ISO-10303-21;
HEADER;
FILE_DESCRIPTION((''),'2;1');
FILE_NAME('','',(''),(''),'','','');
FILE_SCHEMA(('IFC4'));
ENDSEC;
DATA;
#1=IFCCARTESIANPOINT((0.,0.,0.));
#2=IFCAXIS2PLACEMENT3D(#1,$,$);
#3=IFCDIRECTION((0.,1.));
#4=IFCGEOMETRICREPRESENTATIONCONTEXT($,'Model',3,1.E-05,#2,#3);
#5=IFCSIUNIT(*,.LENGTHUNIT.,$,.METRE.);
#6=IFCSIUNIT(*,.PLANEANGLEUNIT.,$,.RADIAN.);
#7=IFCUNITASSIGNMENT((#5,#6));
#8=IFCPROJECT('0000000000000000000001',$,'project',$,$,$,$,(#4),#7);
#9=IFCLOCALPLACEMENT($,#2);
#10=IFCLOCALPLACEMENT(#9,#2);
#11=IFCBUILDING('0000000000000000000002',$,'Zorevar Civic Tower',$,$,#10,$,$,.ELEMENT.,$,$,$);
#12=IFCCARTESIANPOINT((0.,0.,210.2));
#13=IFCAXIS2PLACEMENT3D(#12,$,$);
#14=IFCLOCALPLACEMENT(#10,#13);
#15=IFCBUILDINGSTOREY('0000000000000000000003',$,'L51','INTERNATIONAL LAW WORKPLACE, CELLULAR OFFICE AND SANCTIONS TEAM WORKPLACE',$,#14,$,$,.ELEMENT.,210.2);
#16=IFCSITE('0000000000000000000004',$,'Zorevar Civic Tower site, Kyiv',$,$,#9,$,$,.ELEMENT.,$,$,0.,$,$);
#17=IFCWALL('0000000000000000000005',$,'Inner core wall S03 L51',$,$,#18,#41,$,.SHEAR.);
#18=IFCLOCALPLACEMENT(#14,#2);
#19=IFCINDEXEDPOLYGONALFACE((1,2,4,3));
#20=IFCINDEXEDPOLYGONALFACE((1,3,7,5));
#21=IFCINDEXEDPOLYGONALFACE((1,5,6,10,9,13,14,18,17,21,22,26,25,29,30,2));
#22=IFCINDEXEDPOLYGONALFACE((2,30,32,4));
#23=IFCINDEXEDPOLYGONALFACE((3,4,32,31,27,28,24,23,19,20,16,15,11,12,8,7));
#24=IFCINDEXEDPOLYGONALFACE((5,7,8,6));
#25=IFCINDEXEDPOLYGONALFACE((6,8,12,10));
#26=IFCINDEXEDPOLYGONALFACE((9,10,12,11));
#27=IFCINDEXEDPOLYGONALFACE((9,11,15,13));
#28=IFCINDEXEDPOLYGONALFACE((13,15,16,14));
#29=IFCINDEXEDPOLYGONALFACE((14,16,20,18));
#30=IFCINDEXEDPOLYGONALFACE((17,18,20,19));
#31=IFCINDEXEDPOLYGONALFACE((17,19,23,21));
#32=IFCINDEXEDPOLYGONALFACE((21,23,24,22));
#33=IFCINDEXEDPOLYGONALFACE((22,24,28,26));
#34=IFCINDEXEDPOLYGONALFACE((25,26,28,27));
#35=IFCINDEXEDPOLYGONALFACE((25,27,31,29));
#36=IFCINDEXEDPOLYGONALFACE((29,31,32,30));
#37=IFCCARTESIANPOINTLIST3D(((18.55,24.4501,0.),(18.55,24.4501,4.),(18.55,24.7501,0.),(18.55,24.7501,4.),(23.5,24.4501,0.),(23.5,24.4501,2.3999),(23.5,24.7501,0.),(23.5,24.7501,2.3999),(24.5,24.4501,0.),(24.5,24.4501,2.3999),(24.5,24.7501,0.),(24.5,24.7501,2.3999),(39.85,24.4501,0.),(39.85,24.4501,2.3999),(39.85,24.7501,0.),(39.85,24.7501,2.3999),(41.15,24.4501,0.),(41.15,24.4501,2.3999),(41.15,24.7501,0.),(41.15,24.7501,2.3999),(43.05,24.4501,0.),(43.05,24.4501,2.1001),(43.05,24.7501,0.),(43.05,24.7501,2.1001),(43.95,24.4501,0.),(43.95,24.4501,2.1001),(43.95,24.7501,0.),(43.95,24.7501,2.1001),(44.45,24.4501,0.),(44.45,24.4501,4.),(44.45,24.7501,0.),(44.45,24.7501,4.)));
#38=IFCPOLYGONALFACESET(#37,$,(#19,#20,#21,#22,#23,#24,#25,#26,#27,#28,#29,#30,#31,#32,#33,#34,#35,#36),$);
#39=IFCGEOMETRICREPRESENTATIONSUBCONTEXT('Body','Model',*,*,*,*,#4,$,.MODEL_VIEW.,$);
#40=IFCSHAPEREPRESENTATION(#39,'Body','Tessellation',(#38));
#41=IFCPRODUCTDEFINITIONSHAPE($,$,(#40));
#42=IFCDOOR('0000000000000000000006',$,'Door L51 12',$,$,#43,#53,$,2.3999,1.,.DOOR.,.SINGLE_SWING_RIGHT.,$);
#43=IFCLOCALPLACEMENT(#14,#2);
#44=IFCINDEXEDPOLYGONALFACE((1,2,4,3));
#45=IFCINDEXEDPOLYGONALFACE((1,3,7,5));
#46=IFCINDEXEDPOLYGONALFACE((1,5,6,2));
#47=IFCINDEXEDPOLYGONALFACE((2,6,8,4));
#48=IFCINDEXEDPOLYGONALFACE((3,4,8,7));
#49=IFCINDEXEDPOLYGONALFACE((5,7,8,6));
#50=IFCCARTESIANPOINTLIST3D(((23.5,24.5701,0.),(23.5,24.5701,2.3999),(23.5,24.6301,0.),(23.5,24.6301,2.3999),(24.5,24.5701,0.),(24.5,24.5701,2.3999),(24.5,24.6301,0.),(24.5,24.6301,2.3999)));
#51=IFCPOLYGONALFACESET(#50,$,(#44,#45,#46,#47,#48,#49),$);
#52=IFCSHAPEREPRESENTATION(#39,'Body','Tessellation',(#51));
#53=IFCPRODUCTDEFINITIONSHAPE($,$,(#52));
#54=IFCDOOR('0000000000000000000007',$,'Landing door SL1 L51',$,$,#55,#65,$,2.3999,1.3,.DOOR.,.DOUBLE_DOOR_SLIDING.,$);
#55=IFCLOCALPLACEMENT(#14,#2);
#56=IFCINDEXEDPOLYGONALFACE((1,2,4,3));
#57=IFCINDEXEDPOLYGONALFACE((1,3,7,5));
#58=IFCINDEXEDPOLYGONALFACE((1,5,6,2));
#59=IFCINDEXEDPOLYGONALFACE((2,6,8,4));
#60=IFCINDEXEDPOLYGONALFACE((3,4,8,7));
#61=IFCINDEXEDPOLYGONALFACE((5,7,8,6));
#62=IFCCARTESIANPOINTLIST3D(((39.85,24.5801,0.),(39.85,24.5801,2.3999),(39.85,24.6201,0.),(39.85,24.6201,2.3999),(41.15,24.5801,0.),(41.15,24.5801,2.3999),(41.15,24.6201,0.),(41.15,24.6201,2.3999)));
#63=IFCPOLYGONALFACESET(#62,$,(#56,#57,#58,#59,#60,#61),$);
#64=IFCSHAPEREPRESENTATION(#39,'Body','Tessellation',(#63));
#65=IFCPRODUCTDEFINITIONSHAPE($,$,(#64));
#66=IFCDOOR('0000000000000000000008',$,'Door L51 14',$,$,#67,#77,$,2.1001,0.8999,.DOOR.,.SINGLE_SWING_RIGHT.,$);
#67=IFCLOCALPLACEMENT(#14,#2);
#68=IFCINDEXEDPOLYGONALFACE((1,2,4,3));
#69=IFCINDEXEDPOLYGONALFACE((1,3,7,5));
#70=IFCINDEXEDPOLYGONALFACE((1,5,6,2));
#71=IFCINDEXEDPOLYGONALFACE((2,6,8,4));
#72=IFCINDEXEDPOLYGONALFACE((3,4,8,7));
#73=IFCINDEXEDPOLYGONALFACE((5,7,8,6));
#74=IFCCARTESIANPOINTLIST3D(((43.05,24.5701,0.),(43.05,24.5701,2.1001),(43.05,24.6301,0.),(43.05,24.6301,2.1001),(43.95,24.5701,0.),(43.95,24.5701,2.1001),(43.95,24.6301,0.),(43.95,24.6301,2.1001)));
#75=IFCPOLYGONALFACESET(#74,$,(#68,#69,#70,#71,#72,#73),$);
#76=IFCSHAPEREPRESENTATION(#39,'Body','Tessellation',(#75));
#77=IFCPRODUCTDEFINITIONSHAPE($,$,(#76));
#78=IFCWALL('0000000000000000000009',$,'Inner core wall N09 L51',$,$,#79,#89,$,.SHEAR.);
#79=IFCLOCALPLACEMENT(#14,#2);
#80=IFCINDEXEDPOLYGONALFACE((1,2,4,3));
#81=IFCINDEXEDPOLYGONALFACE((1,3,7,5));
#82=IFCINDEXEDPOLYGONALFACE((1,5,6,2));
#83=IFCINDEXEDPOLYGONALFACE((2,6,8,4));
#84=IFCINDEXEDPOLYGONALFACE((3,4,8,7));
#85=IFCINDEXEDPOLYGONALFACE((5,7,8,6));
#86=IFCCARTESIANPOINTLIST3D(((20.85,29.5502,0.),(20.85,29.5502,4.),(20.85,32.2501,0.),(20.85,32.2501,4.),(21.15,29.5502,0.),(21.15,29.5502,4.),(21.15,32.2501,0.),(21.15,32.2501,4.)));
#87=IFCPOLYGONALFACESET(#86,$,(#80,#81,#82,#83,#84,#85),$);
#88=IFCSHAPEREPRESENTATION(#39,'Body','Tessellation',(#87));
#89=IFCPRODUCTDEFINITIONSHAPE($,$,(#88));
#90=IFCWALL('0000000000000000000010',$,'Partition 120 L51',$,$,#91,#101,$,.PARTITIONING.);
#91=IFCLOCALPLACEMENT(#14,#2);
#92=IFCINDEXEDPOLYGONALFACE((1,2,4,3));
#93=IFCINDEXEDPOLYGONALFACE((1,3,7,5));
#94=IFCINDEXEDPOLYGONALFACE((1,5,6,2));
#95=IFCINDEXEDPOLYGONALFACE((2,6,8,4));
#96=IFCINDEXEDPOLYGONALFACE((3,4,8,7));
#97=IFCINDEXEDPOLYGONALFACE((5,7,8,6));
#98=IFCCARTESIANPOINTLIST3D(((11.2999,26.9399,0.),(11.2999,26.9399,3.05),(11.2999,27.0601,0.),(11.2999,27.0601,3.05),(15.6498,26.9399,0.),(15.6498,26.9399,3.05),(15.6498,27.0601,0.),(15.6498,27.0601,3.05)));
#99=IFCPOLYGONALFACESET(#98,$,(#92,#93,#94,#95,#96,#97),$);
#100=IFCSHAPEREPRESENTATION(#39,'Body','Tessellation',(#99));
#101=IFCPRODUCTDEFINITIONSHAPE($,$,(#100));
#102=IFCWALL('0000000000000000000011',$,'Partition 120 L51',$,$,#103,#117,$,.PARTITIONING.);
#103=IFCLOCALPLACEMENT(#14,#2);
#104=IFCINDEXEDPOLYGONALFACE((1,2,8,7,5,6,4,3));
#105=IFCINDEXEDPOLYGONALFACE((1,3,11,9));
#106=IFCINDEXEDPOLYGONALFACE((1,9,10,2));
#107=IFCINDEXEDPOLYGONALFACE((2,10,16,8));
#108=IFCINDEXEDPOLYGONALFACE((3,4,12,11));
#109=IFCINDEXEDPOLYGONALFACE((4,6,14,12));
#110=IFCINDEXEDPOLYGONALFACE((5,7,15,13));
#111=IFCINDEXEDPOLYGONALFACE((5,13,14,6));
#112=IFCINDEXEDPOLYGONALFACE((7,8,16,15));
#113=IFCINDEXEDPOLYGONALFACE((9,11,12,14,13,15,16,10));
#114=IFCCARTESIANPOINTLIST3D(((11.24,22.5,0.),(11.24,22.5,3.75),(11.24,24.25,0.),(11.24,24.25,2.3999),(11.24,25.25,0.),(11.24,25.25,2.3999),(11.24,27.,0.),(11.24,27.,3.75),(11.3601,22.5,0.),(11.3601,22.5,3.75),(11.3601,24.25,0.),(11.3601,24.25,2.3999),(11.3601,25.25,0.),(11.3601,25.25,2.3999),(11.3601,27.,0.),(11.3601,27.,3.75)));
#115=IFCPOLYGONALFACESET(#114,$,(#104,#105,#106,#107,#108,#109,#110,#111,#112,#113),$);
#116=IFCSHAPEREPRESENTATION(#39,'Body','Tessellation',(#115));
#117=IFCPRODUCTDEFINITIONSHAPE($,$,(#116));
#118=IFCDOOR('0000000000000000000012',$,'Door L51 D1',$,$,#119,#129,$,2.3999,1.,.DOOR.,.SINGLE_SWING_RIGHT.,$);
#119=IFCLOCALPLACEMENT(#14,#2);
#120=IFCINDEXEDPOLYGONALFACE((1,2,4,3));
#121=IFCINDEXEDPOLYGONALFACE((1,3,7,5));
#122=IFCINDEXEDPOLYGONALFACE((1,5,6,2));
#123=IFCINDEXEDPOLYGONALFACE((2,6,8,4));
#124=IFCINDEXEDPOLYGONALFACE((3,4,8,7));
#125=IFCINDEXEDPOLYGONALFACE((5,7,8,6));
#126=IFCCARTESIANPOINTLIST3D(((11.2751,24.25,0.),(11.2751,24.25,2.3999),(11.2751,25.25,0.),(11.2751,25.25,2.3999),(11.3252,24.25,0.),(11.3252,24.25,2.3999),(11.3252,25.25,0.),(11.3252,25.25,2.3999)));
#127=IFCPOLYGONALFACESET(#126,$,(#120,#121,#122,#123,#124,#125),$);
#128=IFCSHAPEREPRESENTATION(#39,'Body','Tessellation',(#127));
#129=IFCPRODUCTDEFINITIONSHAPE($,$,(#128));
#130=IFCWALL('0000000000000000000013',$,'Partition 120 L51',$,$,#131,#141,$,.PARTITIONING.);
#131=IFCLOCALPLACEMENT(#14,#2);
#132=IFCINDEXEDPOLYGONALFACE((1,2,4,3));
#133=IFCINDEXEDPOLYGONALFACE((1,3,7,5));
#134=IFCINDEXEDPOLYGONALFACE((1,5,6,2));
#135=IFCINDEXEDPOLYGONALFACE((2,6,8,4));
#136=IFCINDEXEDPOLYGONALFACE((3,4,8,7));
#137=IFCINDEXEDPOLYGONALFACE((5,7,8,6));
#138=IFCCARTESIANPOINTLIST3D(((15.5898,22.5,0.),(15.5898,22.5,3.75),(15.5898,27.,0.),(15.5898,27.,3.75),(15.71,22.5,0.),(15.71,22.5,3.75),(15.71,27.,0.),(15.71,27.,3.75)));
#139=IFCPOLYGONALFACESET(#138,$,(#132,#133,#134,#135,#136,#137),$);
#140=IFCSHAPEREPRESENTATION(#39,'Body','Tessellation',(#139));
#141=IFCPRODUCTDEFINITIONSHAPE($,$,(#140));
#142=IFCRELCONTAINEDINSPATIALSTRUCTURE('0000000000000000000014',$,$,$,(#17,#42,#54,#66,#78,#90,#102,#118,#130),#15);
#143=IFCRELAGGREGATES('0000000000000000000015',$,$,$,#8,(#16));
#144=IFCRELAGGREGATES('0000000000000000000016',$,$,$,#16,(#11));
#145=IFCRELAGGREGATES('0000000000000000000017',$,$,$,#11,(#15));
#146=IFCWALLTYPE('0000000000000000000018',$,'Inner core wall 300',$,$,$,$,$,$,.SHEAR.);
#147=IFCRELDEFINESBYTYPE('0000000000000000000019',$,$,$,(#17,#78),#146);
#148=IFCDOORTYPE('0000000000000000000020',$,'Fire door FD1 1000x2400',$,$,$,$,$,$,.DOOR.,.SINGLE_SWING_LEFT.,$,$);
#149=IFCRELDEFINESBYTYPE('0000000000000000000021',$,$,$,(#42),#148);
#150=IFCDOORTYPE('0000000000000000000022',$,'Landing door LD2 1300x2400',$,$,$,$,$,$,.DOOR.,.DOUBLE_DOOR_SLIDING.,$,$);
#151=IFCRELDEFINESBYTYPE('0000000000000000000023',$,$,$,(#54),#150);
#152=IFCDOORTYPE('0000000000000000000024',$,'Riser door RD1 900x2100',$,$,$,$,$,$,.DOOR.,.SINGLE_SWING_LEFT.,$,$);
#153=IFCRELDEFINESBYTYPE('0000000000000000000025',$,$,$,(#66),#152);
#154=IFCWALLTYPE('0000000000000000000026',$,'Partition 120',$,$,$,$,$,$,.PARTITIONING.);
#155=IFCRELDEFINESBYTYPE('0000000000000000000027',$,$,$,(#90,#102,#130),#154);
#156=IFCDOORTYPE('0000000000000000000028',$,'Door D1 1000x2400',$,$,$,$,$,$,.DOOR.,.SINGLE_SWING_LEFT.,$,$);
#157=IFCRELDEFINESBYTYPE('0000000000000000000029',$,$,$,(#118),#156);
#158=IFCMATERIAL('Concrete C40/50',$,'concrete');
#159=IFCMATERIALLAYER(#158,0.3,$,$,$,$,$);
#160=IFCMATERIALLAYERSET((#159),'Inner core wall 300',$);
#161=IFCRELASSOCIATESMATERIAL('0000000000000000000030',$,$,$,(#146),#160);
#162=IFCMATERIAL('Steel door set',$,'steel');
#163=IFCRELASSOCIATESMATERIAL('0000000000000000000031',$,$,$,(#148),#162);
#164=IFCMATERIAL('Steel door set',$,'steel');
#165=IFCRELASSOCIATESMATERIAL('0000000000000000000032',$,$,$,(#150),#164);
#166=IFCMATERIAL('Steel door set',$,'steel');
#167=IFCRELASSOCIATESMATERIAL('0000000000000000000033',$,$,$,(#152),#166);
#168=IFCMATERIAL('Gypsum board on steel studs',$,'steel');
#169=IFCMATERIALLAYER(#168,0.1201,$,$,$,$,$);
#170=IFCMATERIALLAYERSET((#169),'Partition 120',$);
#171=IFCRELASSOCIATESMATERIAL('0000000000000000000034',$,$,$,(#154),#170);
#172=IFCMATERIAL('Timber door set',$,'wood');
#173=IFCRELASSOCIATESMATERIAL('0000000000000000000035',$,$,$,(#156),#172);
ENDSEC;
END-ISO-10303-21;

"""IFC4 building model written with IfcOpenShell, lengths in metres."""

from ifc_helpers import new_model, si_unit, direction, frame, frame_2d, origin, place, context, subcontext, project, spatial, rectangle, extrude, material, layer, layer_set, type_object, element, fill, save


model = new_model("IFC4")

# Units and contexts
model_context = context("Model", 3, precision=1e-05, world=origin(), true_north=direction((0.0, 1.0)))
body_context = subcontext(model_context, "Body", "Model", "MODEL_VIEW")
ifc_project = project(units=[si_unit("LENGTHUNIT", "METRE"), si_unit("PLANEANGLEUNIT", "RADIAN")], contexts=[model_context])

# Site, building, storey
site_placement = place(None, origin())
site = spatial("IfcSite", under=ifc_project, at=site_placement, Name="Zorevar Civic Tower site, Kyiv", CompositionType="ELEMENT", RefElevation=0.0)
building_placement = place(site_placement, origin())
building = spatial("IfcBuilding", under=site, at=building_placement, Name="Zorevar Civic Tower", CompositionType="ELEMENT")
storey_placement = place(building_placement, frame((0.0, 0.0, 210.2)))
storey = spatial("IfcBuildingStorey", under=building, at=storey_placement, Name="L51", Description="INTERNATIONAL LAW WORKPLACE, CELLULAR OFFICE AND SANCTIONS TEAM WORKPLACE", CompositionType="ELEMENT", Elevation=210.2)

# Wall, openings, doors
ifc_material_1 = material(Name="Concrete C40/50", Category="concrete")
ifc_layer_1 = layer(ifc_material_1, 0.3)
ifc_layer_set_1 = layer_set([ifc_layer_1], Name="Inner core wall 300")
wall_type_1 = type_object("IfcWallType", Name="Inner core wall 300", PredefinedType="SHEAR", material=ifc_layer_set_1)
wall_1_placement = place(storey_placement, frame((18.55, 24.6001, 0.0), z_axis=(0.0, 0.0, 1.0), x_axis=(1.0, 0.0, 0.0)))
wall_1 = element("IfcWall", 1, at=wall_1_placement, inside=storey, type_object=wall_type_1, Name="Inner core wall S03 L51", PredefinedType="SHEAR", context=body_context, shape_type="SweptSolid", body=[
    extrude(rectangle(XDim=25.8999, YDim=0.3, at=frame_2d((12.95, 0.0))), origin(), (0.0, 0.0, 1.0), 4.0),
])
opening_1_placement = place(wall_1_placement, frame((4.95, 0.0, 0.0)))
opening_1 = element("IfcOpeningElement", 2, at=opening_1_placement, cuts=wall_1, PredefinedType="OPENING", context=body_context, shape_type="SweptSolid", body=[
    extrude(rectangle(XDim=1.0, YDim=2.3999, at=frame_2d((0.5, 1.2))), frame((0.0, 0.1599, 0.0), z_axis=(0.0, -1.0, 0.0), x_axis=(1.0, 0.0, 0.0)), (0.0, 0.0, 1.0), 0.3201),
])
opening_2_placement = place(wall_1_placement, frame((24.5, 0.0, 0.0)))
opening_2 = element("IfcOpeningElement", 3, at=opening_2_placement, cuts=wall_1, PredefinedType="OPENING", context=body_context, shape_type="SweptSolid", body=[
    extrude(rectangle(XDim=0.8999, YDim=2.1001, at=frame_2d((0.45, 1.05))), frame((0.0, 0.1599, 0.0), z_axis=(0.0, -1.0, 0.0), x_axis=(1.0, 0.0, 0.0)), (0.0, 0.0, 1.0), 0.3201),
])
opening_3_placement = place(wall_1_placement, frame((21.3, 0.0, 0.0)))
opening_3 = element("IfcOpeningElement", 4, at=opening_3_placement, cuts=wall_1, PredefinedType="OPENING", context=body_context, shape_type="SweptSolid", body=[
    extrude(rectangle(XDim=1.3, YDim=2.3999, at=frame_2d((0.6499, 1.2))), frame((0.0, 0.1599, 0.0), z_axis=(0.0, -1.0, 0.0), x_axis=(1.0, 0.0, 0.0)), (0.0, 0.0, 1.0), 0.3201),
])
ifc_material_2 = material(Name="Steel door set", Category="steel")
door_type_1 = type_object("IfcDoorType", Name="Fire door FD1 1000x2400", OperationType="SINGLE_SWING_LEFT", PredefinedType="DOOR", material=ifc_material_2)
door_1_placement = place(opening_1_placement, origin())
door_1 = element("IfcDoor", 5, at=door_1_placement, inside=storey, type_object=door_type_1, Name="Door L51 12", OperationType="SINGLE_SWING_RIGHT", OverallHeight=2.3999, OverallWidth=1.0, PredefinedType="DOOR", context=body_context, shape_type="SweptSolid", body=[
    extrude(rectangle(XDim=1.0, YDim=2.3999, at=frame_2d((0.5, 1.2))), frame((0.0, 0.03, 0.0), z_axis=(0.0, -1.0, 0.0), x_axis=(1.0, 0.0, 0.0)), (0.0, 0.0, 1.0), 0.0601),
])
fill(opening_1, door_1)
ifc_material_3 = material(Name="Steel door set", Category="steel")
door_type_2 = type_object("IfcDoorType", Name="Landing door LD2 1300x2400", OperationType="DOUBLE_DOOR_SLIDING", PredefinedType="DOOR", material=ifc_material_3)
door_2_placement = place(opening_3_placement, origin())
door_2 = element("IfcDoor", 6, at=door_2_placement, inside=storey, type_object=door_type_2, Name="Landing door SL1 L51", OperationType="DOUBLE_DOOR_SLIDING", OverallHeight=2.3999, OverallWidth=1.3, PredefinedType="DOOR", context=body_context, shape_type="SweptSolid", body=[
    extrude(rectangle(XDim=1.3, YDim=2.3999, at=frame_2d((0.6499, 1.2))), frame((0.0, 0.02, 0.0), z_axis=(0.0, -1.0, 0.0), x_axis=(1.0, 0.0, 0.0)), (0.0, 0.0, 1.0), 0.04),
])
fill(opening_3, door_2)
ifc_material_4 = material(Name="Steel door set", Category="steel")
door_type_3 = type_object("IfcDoorType", Name="Riser door RD1 900x2100", OperationType="SINGLE_SWING_LEFT", PredefinedType="DOOR", material=ifc_material_4)
door_3_placement = place(opening_2_placement, origin())
door_3 = element("IfcDoor", 7, at=door_3_placement, inside=storey, type_object=door_type_3, Name="Door L51 14", OperationType="SINGLE_SWING_RIGHT", OverallHeight=2.1001, OverallWidth=0.8999, PredefinedType="DOOR", context=body_context, shape_type="SweptSolid", body=[
    extrude(rectangle(XDim=0.8999, YDim=2.1001, at=frame_2d((0.45, 1.05))), frame((0.0, 0.03, 0.0), z_axis=(0.0, -1.0, 0.0), x_axis=(1.0, 0.0, 0.0)), (0.0, 0.0, 1.0), 0.0601),
])
fill(opening_2, door_3)

# Walls
wall_2_placement = place(storey_placement, frame((21.0, 29.55, 0.0), z_axis=(0.0, 0.0, 1.0), x_axis=(0.0, 1.0, 0.0)))
element("IfcWall", 8, at=wall_2_placement, inside=storey, type_object=wall_type_1, Name="Inner core wall N09 L51", PredefinedType="SHEAR", context=body_context, shape_type="SweptSolid", body=[
    extrude(rectangle(XDim=2.7, YDim=0.3, at=frame_2d((1.3501, 0.0))), origin(), (0.0, 0.0, 1.0), 4.0),
])
ifc_material_5 = material(Name="Gypsum board on steel studs", Category="steel")
ifc_layer_2 = layer(ifc_material_5, 0.1201)
ifc_layer_set_2 = layer_set([ifc_layer_2], Name="Partition 120")
wall_type_2 = type_object("IfcWallType", Name="Partition 120", PredefinedType="PARTITIONING", material=ifc_layer_set_2)
wall_3_placement = place(storey_placement, frame((11.3, 27.0, 0.0), z_axis=(0.0, 0.0, 1.0), x_axis=(1.0, 0.0, 0.0)))
element("IfcWall", 9, at=wall_3_placement, inside=storey, type_object=wall_type_2, Name="Partition 120 L51", PredefinedType="PARTITIONING", context=body_context, shape_type="SweptSolid", body=[
    extrude(rectangle(XDim=4.3499, YDim=0.1201, at=frame_2d((2.1748, 0.0))), origin(), (0.0, 0.0, 1.0), 3.05),
])

# Wall, opening, door
wall_4_placement = place(storey_placement, frame((11.3, 22.5, 0.0), z_axis=(0.0, 0.0, 1.0), x_axis=(0.0, 1.0, 0.0)))
wall_4 = element("IfcWall", 10, at=wall_4_placement, inside=storey, type_object=wall_type_2, Name="Partition 120 L51", PredefinedType="PARTITIONING", context=body_context, shape_type="SweptSolid", body=[
    extrude(rectangle(XDim=4.5, YDim=0.1201, at=frame_2d((2.25, 0.0))), origin(), (0.0, 0.0, 1.0), 3.75),
])
opening_4_placement = place(wall_4_placement, frame((1.75, 0.0, 0.0)))
opening_4 = element("IfcOpeningElement", 11, at=opening_4_placement, cuts=wall_4, PredefinedType="OPENING", context=body_context, shape_type="SweptSolid", body=[
    extrude(rectangle(XDim=1.0, YDim=2.3999, at=frame_2d((0.5, 1.2))), frame((0.0, 0.0701, 0.0), z_axis=(0.0, -1.0, 0.0), x_axis=(1.0, 0.0, 0.0)), (0.0, 0.0, 1.0), 0.1401),
])
ifc_material_6 = material(Name="Timber door set", Category="wood")
door_type_4 = type_object("IfcDoorType", Name="Door D1 1000x2400", OperationType="SINGLE_SWING_LEFT", PredefinedType="DOOR", material=ifc_material_6)
door_4_placement = place(opening_4_placement, origin())
door_4 = element("IfcDoor", 12, at=door_4_placement, inside=storey, type_object=door_type_4, Name="Door L51 D1", OperationType="SINGLE_SWING_RIGHT", OverallHeight=2.3999, OverallWidth=1.0, PredefinedType="DOOR", context=body_context, shape_type="SweptSolid", body=[
    extrude(rectangle(XDim=1.0, YDim=2.3999, at=frame_2d((0.5, 1.2))), frame((0.0, 0.0249, 0.0), z_axis=(0.0, -1.0, 0.0), x_axis=(1.0, 0.0, 0.0)), (0.0, 0.0, 1.0), 0.05),
])
fill(opening_4, door_4)

# Wall
wall_5_placement = place(storey_placement, frame((15.6499, 22.5, 0.0), z_axis=(0.0, 0.0, 1.0), x_axis=(0.0, 1.0, 0.0)))
element("IfcWall", 13, at=wall_5_placement, inside=storey, type_object=wall_type_2, Name="Partition 120 L51", PredefinedType="PARTITIONING", context=body_context, shape_type="SweptSolid", body=[
    extrude(rectangle(XDim=4.5, YDim=0.1201, at=frame_2d((2.25, 0.0))), origin(), (0.0, 0.0, 1.0), 3.75),
])

save(model, "model.ifc")
